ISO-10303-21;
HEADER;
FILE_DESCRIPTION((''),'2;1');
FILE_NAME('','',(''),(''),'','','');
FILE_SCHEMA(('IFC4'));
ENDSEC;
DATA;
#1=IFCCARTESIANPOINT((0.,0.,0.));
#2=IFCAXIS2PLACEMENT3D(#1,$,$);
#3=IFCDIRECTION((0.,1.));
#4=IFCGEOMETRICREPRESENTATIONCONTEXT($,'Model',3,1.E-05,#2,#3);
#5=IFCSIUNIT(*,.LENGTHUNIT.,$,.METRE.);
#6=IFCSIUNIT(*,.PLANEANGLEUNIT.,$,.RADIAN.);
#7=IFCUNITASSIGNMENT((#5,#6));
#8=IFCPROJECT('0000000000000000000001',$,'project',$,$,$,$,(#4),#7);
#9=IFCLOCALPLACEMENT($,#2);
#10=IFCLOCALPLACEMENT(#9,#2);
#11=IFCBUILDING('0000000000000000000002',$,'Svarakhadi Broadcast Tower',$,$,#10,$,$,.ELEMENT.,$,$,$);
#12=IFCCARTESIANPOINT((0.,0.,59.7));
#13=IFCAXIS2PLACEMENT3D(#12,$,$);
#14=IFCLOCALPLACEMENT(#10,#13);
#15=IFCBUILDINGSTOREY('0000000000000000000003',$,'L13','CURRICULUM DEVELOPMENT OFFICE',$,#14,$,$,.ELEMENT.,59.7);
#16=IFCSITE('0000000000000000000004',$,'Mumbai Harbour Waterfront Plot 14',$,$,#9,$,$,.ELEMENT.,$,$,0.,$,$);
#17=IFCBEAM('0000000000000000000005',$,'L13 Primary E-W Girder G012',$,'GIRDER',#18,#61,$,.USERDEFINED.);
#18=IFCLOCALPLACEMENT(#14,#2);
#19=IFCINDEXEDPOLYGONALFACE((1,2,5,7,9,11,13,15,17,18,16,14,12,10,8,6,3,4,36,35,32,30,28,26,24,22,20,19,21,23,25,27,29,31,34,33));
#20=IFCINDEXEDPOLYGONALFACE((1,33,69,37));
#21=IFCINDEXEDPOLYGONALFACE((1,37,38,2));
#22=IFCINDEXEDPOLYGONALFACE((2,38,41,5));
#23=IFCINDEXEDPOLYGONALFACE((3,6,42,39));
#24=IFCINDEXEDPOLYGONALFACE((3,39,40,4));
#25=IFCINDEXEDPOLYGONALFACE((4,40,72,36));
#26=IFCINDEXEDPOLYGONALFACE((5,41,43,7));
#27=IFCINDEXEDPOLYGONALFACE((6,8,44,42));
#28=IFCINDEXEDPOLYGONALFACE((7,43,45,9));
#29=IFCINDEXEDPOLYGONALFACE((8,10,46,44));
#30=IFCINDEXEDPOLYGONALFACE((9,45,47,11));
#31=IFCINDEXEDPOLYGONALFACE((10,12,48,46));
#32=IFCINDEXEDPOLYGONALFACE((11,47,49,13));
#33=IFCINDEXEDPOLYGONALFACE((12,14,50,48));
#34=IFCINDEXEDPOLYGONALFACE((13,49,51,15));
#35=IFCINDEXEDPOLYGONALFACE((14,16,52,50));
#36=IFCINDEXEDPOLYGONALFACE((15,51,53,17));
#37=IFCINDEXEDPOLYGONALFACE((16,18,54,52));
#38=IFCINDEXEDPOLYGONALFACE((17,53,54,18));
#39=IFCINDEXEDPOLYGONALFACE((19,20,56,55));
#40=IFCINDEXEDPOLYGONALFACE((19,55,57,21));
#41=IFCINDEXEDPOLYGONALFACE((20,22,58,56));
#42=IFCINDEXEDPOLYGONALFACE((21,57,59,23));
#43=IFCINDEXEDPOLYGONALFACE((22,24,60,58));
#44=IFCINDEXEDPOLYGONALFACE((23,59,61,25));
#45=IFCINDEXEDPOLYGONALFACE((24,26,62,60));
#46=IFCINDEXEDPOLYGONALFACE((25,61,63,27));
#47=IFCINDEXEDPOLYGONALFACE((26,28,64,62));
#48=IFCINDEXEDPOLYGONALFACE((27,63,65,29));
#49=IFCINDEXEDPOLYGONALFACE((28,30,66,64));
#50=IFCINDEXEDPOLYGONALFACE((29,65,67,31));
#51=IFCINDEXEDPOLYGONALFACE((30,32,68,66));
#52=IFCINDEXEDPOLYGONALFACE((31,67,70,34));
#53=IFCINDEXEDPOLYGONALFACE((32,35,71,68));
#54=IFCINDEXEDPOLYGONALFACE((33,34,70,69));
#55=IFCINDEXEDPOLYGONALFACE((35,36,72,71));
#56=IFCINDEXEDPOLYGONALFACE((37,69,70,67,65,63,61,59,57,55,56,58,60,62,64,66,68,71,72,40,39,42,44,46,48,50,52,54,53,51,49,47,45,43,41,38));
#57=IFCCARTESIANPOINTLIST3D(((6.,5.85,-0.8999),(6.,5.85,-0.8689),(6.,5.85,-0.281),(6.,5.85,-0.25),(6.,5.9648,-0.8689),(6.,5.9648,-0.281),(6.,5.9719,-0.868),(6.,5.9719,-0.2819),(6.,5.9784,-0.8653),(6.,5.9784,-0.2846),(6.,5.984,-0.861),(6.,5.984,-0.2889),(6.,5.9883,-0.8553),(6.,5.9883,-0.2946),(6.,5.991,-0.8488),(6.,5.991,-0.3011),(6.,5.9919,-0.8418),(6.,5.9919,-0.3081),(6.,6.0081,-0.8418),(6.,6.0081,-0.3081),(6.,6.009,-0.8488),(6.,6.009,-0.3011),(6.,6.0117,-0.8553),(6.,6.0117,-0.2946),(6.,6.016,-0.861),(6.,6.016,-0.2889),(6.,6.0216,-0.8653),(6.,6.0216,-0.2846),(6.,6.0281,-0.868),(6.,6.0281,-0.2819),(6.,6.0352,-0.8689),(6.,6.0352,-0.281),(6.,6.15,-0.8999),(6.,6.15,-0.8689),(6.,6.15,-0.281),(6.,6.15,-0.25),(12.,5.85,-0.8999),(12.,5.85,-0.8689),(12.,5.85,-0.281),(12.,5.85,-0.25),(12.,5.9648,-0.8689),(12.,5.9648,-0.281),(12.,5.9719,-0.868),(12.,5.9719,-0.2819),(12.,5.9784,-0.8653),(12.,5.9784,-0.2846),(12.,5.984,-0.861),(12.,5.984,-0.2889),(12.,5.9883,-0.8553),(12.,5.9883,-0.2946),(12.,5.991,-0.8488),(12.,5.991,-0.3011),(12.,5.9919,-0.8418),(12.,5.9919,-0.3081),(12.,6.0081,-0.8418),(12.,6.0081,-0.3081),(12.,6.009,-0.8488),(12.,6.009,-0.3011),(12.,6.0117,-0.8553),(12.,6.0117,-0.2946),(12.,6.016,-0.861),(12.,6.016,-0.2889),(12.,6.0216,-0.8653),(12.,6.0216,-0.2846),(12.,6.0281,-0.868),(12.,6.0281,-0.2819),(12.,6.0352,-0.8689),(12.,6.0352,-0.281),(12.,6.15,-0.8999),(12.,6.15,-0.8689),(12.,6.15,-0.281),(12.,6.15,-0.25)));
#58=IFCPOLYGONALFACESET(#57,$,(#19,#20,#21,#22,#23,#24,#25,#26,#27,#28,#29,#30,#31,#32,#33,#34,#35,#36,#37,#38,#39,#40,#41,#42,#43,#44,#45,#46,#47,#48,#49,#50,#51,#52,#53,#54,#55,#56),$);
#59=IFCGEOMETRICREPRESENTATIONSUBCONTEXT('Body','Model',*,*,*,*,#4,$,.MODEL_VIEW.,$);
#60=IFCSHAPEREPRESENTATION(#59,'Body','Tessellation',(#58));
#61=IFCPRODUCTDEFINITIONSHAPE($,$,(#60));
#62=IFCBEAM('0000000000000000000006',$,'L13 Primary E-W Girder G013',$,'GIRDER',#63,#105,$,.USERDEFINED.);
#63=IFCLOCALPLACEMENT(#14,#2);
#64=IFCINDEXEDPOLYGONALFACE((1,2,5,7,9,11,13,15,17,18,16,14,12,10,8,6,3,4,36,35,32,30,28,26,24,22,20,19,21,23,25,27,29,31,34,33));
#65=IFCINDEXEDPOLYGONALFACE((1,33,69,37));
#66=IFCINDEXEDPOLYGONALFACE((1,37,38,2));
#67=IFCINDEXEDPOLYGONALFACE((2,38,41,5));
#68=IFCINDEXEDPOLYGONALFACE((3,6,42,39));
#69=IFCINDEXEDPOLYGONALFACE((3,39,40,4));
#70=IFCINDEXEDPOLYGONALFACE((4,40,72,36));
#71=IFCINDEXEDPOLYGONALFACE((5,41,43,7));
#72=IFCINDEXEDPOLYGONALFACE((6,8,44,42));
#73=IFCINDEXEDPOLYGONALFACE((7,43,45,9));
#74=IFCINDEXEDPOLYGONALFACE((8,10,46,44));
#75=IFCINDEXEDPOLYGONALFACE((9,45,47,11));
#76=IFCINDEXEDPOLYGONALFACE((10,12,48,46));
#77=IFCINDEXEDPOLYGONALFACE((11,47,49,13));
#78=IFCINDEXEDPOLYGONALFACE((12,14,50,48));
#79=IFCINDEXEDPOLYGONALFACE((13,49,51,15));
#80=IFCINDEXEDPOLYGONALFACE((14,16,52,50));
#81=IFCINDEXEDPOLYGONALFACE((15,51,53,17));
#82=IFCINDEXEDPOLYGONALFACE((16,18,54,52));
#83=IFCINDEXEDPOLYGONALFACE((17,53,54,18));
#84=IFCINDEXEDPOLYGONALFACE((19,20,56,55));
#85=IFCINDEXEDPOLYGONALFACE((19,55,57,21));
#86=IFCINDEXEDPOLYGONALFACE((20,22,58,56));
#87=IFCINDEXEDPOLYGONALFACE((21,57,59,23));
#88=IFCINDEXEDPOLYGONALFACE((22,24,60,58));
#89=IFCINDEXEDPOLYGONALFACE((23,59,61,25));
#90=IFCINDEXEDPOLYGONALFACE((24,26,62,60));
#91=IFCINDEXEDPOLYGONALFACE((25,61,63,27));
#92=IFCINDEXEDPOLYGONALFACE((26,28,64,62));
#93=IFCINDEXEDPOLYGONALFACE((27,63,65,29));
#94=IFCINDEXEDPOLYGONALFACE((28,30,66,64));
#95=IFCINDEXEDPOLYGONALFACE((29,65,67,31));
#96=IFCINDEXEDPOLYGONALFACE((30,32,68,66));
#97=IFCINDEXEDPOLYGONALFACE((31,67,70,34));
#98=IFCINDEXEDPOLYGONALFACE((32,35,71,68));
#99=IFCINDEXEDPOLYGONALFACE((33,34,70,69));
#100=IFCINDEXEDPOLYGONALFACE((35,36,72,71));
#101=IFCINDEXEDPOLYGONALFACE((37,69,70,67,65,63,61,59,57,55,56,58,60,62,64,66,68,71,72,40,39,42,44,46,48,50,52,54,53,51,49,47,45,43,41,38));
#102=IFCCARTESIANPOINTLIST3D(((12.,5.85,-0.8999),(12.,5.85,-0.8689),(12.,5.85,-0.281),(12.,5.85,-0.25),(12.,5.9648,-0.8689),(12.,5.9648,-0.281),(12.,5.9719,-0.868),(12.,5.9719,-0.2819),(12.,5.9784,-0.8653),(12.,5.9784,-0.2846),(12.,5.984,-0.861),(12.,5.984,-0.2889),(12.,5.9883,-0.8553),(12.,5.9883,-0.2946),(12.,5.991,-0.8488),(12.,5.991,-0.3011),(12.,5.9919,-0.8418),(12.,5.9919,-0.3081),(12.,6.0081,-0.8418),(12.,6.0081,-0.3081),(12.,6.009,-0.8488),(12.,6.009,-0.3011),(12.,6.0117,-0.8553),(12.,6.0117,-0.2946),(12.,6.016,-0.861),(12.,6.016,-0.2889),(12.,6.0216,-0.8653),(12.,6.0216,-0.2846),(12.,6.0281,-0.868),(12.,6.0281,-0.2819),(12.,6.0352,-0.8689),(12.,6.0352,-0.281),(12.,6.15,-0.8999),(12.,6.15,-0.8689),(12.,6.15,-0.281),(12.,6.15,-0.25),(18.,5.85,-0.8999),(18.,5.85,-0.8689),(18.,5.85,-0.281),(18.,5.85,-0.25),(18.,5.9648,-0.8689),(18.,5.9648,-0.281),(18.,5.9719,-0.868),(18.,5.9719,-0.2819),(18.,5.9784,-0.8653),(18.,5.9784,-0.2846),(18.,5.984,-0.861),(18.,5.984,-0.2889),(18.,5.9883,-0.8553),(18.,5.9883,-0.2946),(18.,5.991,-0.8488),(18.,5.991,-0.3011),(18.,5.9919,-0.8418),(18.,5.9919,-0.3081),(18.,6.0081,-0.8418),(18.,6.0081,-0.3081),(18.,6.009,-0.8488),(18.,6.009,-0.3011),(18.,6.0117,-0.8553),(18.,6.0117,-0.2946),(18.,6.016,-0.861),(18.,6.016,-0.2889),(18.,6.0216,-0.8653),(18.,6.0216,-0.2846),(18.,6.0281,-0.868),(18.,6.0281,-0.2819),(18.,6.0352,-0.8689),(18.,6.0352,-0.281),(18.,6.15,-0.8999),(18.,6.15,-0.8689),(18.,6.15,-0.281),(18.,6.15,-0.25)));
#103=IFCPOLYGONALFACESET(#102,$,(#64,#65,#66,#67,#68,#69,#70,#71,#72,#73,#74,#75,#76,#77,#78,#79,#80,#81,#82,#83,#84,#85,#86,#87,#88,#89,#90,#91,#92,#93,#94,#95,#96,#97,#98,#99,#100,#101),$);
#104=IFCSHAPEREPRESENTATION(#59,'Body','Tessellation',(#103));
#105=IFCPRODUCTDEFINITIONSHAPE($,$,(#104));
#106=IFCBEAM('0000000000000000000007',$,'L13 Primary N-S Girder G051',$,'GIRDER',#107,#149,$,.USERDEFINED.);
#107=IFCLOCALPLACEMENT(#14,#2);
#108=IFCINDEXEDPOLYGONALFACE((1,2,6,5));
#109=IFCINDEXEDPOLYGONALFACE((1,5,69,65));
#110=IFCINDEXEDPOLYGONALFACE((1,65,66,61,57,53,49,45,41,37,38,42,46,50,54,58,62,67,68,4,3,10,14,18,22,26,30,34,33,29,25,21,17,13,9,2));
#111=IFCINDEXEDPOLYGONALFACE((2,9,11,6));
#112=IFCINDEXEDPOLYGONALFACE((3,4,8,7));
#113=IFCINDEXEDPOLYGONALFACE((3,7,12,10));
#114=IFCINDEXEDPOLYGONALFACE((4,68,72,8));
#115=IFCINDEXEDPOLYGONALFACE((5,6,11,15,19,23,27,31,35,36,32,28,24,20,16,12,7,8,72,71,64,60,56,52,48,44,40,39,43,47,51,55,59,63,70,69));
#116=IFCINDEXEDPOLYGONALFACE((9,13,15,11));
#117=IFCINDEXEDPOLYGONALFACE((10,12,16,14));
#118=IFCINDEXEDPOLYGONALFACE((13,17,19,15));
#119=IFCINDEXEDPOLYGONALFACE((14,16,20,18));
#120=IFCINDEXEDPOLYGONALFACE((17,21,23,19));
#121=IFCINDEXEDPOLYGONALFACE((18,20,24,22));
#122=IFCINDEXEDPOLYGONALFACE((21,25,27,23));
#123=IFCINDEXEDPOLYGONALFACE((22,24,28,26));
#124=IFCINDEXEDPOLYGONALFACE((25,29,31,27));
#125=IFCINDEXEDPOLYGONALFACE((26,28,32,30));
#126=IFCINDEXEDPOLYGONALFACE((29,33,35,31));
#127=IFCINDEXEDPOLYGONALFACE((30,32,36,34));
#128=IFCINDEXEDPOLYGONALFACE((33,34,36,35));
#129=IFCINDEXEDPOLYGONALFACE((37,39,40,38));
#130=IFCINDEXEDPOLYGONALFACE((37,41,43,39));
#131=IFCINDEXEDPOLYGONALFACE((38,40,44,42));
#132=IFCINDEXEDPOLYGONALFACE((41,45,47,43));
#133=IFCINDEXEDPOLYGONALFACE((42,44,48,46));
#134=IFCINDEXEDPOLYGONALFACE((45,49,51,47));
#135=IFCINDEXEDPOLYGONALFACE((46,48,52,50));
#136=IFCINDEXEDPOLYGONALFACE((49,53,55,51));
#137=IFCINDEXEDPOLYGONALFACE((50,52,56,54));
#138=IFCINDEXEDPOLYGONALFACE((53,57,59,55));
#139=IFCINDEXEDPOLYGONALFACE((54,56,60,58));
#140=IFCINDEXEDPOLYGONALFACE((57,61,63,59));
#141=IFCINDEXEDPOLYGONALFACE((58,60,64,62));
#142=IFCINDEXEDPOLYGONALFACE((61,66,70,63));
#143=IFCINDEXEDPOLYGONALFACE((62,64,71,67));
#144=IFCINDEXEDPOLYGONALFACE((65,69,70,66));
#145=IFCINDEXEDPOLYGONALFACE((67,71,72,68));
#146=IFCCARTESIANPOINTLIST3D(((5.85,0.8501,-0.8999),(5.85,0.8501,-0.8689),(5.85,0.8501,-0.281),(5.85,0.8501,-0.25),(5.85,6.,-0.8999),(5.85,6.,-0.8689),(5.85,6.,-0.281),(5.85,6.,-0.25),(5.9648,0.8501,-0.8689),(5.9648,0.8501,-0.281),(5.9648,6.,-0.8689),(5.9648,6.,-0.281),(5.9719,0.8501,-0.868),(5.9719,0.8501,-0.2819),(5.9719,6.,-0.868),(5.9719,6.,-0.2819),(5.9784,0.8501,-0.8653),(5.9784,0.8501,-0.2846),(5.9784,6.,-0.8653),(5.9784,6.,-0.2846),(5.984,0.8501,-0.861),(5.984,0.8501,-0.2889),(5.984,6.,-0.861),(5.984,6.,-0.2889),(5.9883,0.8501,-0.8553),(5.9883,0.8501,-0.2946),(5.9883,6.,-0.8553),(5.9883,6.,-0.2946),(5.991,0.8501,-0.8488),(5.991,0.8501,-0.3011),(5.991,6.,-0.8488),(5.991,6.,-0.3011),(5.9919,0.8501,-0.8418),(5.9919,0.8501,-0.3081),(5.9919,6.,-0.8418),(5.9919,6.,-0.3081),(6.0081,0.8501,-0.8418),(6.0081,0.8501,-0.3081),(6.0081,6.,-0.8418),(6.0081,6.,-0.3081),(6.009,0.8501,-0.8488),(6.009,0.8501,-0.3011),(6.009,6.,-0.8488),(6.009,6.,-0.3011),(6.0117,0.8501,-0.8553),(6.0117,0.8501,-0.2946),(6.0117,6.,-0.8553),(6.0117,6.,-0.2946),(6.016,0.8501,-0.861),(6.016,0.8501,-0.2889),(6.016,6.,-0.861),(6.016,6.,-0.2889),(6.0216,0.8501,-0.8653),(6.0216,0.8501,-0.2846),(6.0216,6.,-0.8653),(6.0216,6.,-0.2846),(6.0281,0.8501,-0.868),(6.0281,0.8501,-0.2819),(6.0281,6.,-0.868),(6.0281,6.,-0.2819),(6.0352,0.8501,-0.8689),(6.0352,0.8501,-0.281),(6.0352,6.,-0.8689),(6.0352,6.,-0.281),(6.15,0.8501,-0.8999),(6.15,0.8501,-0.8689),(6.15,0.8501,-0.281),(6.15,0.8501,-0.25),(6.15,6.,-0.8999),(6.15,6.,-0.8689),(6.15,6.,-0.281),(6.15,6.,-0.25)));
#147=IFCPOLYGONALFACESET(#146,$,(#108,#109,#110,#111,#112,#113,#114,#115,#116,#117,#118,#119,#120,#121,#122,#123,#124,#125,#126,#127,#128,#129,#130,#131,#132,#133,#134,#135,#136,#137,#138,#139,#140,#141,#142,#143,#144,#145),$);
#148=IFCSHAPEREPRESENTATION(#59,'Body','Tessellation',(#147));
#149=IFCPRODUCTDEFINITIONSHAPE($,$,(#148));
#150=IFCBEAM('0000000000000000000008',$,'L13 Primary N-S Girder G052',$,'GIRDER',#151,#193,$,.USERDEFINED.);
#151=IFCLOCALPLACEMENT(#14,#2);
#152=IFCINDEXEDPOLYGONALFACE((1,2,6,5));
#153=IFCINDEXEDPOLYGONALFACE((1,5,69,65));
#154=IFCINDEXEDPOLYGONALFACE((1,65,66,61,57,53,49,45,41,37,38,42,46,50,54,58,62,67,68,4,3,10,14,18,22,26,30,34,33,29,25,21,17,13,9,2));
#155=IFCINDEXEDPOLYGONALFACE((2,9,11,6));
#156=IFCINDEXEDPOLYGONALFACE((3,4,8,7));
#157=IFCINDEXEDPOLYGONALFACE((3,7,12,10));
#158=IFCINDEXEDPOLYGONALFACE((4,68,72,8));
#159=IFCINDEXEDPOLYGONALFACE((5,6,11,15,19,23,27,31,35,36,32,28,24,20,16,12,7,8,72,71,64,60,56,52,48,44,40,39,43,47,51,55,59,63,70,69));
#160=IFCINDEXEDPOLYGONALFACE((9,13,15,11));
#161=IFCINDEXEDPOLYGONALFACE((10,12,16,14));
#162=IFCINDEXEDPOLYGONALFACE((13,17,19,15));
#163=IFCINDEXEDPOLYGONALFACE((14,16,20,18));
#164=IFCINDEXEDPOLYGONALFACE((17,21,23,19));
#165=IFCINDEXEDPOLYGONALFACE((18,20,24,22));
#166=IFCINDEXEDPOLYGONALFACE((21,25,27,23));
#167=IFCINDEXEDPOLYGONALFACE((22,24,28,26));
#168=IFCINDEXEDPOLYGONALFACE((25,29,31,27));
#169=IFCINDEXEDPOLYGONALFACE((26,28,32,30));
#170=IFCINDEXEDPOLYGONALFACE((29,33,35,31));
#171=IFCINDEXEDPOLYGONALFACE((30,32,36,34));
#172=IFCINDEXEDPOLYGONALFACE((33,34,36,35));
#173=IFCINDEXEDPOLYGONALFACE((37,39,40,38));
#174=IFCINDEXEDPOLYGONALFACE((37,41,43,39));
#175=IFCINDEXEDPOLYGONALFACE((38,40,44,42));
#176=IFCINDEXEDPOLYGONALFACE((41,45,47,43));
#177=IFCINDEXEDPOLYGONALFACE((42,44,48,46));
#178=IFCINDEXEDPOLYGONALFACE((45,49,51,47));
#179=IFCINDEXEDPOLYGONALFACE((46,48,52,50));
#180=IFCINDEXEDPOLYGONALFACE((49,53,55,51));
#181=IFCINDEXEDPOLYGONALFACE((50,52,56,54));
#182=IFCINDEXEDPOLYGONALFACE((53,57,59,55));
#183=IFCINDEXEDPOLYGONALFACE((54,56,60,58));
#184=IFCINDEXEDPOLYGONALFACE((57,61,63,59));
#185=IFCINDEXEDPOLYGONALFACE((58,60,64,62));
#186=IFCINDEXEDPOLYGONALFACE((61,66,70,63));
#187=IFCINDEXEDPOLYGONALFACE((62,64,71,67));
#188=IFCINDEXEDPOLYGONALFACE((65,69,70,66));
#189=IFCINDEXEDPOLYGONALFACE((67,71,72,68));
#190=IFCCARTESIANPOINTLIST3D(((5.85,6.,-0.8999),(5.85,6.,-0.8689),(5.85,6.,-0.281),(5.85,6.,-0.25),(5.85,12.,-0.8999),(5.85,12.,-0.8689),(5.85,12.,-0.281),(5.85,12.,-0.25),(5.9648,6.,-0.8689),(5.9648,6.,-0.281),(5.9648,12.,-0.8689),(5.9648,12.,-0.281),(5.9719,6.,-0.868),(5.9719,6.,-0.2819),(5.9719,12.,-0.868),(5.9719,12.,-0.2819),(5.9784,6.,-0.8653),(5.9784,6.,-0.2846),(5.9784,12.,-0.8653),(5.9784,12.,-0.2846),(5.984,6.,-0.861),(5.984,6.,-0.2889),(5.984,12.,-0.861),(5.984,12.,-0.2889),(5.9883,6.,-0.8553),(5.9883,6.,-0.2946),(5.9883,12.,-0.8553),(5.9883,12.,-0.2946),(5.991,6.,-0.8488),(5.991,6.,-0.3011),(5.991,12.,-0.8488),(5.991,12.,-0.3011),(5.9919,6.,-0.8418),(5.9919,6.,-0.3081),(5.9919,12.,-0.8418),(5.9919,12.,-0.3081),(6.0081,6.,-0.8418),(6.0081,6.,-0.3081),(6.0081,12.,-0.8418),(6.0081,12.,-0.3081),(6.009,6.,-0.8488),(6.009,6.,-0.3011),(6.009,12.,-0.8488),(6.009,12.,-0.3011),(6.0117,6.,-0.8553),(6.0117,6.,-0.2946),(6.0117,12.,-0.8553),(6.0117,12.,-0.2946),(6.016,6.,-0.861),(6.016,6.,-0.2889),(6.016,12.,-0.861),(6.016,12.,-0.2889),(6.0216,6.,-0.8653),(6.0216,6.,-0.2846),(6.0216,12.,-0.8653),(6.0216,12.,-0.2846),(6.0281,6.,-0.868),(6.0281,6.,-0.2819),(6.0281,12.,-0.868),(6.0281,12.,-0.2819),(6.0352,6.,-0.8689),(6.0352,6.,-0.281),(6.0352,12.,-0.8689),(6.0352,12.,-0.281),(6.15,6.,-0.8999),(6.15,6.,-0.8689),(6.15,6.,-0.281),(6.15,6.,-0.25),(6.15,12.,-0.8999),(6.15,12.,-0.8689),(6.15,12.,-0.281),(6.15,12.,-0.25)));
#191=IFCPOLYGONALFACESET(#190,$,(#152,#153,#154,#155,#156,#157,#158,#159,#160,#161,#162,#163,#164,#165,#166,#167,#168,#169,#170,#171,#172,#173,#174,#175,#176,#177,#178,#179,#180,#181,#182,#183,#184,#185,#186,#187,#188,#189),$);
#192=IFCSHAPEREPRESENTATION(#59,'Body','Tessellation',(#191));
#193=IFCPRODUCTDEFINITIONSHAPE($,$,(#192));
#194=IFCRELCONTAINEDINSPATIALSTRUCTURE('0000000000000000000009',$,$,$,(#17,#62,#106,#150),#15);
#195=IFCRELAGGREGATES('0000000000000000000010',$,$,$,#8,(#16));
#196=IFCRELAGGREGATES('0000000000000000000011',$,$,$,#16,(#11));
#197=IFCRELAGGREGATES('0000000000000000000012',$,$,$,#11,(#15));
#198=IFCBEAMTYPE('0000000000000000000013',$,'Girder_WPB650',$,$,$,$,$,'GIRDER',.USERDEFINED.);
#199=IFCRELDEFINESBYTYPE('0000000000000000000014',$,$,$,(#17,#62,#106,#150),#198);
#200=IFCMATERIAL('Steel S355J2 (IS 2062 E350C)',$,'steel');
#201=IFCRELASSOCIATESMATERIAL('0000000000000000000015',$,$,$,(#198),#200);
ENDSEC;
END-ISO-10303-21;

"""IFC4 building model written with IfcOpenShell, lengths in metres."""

from ifc_helpers import new_model, si_unit, direction, frame, origin, origin_2d, place, context, subcontext, project, spatial, i_section, extrude, material, material_profile, profile_set, type_object, element, save


model = new_model("IFC4")

# Units and contexts
model_context = context("Model", 3, precision=1e-05, world=origin(), true_north=direction((0.0, 1.0)))
body_context = subcontext(model_context, "Body", "Model", "MODEL_VIEW")
ifc_project = project(units=[si_unit("LENGTHUNIT", "METRE"), si_unit("PLANEANGLEUNIT", "RADIAN")], contexts=[model_context])

# Site, building, storey
site_placement = place(None, origin())
site = spatial("IfcSite", under=ifc_project, at=site_placement, Name="Mumbai Harbour Waterfront Plot 14", CompositionType="ELEMENT", RefElevation=0.0)
building_placement = place(site_placement, origin())
building = spatial("IfcBuilding", under=site, at=building_placement, Name="Svarakhadi Broadcast Tower", CompositionType="ELEMENT")
storey_placement = place(building_placement, frame((0.0, 0.0, 59.7)))
storey = spatial("IfcBuildingStorey", under=building, at=storey_placement, Name="L13", Description="CURRICULUM DEVELOPMENT OFFICE", CompositionType="ELEMENT", Elevation=59.7)

# Shared definitions
ifc_material_1 = material(Name="Steel S355J2 (IS 2062 E350C)", Category="steel")

# Beams
ifc_material_profile_1 = material_profile(ifc_material_1, i_section(OverallWidth=0.3, OverallDepth=0.6499, WebThickness=0.0161, FlangeThickness=0.031, FilletRadius=0.0271, at=origin_2d()), Name="WPB 650x300x225")
ifc_profile_set_1 = profile_set([ifc_material_profile_1], Name="Steel S355J2 (IS 2062 E350C)")
beam_type_1 = type_object("IfcBeamType", Name="Girder_WPB650", ElementType="GIRDER", PredefinedType="USERDEFINED", material=ifc_profile_set_1)
for number, where, z_axis, x_axis, name in (
    (1, (6.0, 6.0, -0.575), (1.0, 0.0, 0.0), (0.0, 1.0, 0.0), "L13 Primary E-W Girder G012"),
    (2, (12.0, 6.0, -0.575), (1.0, 0.0, 0.0), (0.0, 1.0, 0.0), "L13 Primary E-W Girder G013"),
):
    element("IfcBeam", number, at=place(storey_placement, frame(where, z_axis=z_axis, x_axis=x_axis)), inside=storey, type_object=beam_type_1, Name=name, ObjectType="GIRDER", PredefinedType="USERDEFINED", context=body_context, shape_type="SweptSolid", body=[
        extrude(i_section(OverallWidth=0.3, OverallDepth=0.6499, WebThickness=0.0161, FlangeThickness=0.031, FilletRadius=0.0271, at=origin_2d()), origin(), (0.0, 0.0, 1.0), 6.0),
    ])
beam_1_placement = place(storey_placement, frame((6.0, 0.8501, -0.575), z_axis=(0.0, 1.0, 0.0), x_axis=(-1.0, 0.0, 0.0)))
element("IfcBeam", 3, at=beam_1_placement, inside=storey, type_object=beam_type_1, Name="L13 Primary N-S Girder G051", ObjectType="GIRDER", PredefinedType="USERDEFINED", context=body_context, shape_type="SweptSolid", body=[
    extrude(i_section(OverallWidth=0.3, OverallDepth=0.6499, WebThickness=0.0161, FlangeThickness=0.031, FilletRadius=0.0271, at=origin_2d()), origin(), (0.0, 0.0, 1.0), 5.1499),
])
beam_2_placement = place(storey_placement, frame((6.0, 6.0, -0.575), z_axis=(0.0, 1.0, 0.0), x_axis=(-1.0, 0.0, 0.0)))
element("IfcBeam", 4, at=beam_2_placement, inside=storey, type_object=beam_type_1, Name="L13 Primary N-S Girder G052", ObjectType="GIRDER", PredefinedType="USERDEFINED", context=body_context, shape_type="SweptSolid", body=[
    extrude(i_section(OverallWidth=0.3, OverallDepth=0.6499, WebThickness=0.0161, FlangeThickness=0.031, FilletRadius=0.0271, at=origin_2d()), origin(), (0.0, 0.0, 1.0), 6.0),
])

save(model, "model.ifc")
